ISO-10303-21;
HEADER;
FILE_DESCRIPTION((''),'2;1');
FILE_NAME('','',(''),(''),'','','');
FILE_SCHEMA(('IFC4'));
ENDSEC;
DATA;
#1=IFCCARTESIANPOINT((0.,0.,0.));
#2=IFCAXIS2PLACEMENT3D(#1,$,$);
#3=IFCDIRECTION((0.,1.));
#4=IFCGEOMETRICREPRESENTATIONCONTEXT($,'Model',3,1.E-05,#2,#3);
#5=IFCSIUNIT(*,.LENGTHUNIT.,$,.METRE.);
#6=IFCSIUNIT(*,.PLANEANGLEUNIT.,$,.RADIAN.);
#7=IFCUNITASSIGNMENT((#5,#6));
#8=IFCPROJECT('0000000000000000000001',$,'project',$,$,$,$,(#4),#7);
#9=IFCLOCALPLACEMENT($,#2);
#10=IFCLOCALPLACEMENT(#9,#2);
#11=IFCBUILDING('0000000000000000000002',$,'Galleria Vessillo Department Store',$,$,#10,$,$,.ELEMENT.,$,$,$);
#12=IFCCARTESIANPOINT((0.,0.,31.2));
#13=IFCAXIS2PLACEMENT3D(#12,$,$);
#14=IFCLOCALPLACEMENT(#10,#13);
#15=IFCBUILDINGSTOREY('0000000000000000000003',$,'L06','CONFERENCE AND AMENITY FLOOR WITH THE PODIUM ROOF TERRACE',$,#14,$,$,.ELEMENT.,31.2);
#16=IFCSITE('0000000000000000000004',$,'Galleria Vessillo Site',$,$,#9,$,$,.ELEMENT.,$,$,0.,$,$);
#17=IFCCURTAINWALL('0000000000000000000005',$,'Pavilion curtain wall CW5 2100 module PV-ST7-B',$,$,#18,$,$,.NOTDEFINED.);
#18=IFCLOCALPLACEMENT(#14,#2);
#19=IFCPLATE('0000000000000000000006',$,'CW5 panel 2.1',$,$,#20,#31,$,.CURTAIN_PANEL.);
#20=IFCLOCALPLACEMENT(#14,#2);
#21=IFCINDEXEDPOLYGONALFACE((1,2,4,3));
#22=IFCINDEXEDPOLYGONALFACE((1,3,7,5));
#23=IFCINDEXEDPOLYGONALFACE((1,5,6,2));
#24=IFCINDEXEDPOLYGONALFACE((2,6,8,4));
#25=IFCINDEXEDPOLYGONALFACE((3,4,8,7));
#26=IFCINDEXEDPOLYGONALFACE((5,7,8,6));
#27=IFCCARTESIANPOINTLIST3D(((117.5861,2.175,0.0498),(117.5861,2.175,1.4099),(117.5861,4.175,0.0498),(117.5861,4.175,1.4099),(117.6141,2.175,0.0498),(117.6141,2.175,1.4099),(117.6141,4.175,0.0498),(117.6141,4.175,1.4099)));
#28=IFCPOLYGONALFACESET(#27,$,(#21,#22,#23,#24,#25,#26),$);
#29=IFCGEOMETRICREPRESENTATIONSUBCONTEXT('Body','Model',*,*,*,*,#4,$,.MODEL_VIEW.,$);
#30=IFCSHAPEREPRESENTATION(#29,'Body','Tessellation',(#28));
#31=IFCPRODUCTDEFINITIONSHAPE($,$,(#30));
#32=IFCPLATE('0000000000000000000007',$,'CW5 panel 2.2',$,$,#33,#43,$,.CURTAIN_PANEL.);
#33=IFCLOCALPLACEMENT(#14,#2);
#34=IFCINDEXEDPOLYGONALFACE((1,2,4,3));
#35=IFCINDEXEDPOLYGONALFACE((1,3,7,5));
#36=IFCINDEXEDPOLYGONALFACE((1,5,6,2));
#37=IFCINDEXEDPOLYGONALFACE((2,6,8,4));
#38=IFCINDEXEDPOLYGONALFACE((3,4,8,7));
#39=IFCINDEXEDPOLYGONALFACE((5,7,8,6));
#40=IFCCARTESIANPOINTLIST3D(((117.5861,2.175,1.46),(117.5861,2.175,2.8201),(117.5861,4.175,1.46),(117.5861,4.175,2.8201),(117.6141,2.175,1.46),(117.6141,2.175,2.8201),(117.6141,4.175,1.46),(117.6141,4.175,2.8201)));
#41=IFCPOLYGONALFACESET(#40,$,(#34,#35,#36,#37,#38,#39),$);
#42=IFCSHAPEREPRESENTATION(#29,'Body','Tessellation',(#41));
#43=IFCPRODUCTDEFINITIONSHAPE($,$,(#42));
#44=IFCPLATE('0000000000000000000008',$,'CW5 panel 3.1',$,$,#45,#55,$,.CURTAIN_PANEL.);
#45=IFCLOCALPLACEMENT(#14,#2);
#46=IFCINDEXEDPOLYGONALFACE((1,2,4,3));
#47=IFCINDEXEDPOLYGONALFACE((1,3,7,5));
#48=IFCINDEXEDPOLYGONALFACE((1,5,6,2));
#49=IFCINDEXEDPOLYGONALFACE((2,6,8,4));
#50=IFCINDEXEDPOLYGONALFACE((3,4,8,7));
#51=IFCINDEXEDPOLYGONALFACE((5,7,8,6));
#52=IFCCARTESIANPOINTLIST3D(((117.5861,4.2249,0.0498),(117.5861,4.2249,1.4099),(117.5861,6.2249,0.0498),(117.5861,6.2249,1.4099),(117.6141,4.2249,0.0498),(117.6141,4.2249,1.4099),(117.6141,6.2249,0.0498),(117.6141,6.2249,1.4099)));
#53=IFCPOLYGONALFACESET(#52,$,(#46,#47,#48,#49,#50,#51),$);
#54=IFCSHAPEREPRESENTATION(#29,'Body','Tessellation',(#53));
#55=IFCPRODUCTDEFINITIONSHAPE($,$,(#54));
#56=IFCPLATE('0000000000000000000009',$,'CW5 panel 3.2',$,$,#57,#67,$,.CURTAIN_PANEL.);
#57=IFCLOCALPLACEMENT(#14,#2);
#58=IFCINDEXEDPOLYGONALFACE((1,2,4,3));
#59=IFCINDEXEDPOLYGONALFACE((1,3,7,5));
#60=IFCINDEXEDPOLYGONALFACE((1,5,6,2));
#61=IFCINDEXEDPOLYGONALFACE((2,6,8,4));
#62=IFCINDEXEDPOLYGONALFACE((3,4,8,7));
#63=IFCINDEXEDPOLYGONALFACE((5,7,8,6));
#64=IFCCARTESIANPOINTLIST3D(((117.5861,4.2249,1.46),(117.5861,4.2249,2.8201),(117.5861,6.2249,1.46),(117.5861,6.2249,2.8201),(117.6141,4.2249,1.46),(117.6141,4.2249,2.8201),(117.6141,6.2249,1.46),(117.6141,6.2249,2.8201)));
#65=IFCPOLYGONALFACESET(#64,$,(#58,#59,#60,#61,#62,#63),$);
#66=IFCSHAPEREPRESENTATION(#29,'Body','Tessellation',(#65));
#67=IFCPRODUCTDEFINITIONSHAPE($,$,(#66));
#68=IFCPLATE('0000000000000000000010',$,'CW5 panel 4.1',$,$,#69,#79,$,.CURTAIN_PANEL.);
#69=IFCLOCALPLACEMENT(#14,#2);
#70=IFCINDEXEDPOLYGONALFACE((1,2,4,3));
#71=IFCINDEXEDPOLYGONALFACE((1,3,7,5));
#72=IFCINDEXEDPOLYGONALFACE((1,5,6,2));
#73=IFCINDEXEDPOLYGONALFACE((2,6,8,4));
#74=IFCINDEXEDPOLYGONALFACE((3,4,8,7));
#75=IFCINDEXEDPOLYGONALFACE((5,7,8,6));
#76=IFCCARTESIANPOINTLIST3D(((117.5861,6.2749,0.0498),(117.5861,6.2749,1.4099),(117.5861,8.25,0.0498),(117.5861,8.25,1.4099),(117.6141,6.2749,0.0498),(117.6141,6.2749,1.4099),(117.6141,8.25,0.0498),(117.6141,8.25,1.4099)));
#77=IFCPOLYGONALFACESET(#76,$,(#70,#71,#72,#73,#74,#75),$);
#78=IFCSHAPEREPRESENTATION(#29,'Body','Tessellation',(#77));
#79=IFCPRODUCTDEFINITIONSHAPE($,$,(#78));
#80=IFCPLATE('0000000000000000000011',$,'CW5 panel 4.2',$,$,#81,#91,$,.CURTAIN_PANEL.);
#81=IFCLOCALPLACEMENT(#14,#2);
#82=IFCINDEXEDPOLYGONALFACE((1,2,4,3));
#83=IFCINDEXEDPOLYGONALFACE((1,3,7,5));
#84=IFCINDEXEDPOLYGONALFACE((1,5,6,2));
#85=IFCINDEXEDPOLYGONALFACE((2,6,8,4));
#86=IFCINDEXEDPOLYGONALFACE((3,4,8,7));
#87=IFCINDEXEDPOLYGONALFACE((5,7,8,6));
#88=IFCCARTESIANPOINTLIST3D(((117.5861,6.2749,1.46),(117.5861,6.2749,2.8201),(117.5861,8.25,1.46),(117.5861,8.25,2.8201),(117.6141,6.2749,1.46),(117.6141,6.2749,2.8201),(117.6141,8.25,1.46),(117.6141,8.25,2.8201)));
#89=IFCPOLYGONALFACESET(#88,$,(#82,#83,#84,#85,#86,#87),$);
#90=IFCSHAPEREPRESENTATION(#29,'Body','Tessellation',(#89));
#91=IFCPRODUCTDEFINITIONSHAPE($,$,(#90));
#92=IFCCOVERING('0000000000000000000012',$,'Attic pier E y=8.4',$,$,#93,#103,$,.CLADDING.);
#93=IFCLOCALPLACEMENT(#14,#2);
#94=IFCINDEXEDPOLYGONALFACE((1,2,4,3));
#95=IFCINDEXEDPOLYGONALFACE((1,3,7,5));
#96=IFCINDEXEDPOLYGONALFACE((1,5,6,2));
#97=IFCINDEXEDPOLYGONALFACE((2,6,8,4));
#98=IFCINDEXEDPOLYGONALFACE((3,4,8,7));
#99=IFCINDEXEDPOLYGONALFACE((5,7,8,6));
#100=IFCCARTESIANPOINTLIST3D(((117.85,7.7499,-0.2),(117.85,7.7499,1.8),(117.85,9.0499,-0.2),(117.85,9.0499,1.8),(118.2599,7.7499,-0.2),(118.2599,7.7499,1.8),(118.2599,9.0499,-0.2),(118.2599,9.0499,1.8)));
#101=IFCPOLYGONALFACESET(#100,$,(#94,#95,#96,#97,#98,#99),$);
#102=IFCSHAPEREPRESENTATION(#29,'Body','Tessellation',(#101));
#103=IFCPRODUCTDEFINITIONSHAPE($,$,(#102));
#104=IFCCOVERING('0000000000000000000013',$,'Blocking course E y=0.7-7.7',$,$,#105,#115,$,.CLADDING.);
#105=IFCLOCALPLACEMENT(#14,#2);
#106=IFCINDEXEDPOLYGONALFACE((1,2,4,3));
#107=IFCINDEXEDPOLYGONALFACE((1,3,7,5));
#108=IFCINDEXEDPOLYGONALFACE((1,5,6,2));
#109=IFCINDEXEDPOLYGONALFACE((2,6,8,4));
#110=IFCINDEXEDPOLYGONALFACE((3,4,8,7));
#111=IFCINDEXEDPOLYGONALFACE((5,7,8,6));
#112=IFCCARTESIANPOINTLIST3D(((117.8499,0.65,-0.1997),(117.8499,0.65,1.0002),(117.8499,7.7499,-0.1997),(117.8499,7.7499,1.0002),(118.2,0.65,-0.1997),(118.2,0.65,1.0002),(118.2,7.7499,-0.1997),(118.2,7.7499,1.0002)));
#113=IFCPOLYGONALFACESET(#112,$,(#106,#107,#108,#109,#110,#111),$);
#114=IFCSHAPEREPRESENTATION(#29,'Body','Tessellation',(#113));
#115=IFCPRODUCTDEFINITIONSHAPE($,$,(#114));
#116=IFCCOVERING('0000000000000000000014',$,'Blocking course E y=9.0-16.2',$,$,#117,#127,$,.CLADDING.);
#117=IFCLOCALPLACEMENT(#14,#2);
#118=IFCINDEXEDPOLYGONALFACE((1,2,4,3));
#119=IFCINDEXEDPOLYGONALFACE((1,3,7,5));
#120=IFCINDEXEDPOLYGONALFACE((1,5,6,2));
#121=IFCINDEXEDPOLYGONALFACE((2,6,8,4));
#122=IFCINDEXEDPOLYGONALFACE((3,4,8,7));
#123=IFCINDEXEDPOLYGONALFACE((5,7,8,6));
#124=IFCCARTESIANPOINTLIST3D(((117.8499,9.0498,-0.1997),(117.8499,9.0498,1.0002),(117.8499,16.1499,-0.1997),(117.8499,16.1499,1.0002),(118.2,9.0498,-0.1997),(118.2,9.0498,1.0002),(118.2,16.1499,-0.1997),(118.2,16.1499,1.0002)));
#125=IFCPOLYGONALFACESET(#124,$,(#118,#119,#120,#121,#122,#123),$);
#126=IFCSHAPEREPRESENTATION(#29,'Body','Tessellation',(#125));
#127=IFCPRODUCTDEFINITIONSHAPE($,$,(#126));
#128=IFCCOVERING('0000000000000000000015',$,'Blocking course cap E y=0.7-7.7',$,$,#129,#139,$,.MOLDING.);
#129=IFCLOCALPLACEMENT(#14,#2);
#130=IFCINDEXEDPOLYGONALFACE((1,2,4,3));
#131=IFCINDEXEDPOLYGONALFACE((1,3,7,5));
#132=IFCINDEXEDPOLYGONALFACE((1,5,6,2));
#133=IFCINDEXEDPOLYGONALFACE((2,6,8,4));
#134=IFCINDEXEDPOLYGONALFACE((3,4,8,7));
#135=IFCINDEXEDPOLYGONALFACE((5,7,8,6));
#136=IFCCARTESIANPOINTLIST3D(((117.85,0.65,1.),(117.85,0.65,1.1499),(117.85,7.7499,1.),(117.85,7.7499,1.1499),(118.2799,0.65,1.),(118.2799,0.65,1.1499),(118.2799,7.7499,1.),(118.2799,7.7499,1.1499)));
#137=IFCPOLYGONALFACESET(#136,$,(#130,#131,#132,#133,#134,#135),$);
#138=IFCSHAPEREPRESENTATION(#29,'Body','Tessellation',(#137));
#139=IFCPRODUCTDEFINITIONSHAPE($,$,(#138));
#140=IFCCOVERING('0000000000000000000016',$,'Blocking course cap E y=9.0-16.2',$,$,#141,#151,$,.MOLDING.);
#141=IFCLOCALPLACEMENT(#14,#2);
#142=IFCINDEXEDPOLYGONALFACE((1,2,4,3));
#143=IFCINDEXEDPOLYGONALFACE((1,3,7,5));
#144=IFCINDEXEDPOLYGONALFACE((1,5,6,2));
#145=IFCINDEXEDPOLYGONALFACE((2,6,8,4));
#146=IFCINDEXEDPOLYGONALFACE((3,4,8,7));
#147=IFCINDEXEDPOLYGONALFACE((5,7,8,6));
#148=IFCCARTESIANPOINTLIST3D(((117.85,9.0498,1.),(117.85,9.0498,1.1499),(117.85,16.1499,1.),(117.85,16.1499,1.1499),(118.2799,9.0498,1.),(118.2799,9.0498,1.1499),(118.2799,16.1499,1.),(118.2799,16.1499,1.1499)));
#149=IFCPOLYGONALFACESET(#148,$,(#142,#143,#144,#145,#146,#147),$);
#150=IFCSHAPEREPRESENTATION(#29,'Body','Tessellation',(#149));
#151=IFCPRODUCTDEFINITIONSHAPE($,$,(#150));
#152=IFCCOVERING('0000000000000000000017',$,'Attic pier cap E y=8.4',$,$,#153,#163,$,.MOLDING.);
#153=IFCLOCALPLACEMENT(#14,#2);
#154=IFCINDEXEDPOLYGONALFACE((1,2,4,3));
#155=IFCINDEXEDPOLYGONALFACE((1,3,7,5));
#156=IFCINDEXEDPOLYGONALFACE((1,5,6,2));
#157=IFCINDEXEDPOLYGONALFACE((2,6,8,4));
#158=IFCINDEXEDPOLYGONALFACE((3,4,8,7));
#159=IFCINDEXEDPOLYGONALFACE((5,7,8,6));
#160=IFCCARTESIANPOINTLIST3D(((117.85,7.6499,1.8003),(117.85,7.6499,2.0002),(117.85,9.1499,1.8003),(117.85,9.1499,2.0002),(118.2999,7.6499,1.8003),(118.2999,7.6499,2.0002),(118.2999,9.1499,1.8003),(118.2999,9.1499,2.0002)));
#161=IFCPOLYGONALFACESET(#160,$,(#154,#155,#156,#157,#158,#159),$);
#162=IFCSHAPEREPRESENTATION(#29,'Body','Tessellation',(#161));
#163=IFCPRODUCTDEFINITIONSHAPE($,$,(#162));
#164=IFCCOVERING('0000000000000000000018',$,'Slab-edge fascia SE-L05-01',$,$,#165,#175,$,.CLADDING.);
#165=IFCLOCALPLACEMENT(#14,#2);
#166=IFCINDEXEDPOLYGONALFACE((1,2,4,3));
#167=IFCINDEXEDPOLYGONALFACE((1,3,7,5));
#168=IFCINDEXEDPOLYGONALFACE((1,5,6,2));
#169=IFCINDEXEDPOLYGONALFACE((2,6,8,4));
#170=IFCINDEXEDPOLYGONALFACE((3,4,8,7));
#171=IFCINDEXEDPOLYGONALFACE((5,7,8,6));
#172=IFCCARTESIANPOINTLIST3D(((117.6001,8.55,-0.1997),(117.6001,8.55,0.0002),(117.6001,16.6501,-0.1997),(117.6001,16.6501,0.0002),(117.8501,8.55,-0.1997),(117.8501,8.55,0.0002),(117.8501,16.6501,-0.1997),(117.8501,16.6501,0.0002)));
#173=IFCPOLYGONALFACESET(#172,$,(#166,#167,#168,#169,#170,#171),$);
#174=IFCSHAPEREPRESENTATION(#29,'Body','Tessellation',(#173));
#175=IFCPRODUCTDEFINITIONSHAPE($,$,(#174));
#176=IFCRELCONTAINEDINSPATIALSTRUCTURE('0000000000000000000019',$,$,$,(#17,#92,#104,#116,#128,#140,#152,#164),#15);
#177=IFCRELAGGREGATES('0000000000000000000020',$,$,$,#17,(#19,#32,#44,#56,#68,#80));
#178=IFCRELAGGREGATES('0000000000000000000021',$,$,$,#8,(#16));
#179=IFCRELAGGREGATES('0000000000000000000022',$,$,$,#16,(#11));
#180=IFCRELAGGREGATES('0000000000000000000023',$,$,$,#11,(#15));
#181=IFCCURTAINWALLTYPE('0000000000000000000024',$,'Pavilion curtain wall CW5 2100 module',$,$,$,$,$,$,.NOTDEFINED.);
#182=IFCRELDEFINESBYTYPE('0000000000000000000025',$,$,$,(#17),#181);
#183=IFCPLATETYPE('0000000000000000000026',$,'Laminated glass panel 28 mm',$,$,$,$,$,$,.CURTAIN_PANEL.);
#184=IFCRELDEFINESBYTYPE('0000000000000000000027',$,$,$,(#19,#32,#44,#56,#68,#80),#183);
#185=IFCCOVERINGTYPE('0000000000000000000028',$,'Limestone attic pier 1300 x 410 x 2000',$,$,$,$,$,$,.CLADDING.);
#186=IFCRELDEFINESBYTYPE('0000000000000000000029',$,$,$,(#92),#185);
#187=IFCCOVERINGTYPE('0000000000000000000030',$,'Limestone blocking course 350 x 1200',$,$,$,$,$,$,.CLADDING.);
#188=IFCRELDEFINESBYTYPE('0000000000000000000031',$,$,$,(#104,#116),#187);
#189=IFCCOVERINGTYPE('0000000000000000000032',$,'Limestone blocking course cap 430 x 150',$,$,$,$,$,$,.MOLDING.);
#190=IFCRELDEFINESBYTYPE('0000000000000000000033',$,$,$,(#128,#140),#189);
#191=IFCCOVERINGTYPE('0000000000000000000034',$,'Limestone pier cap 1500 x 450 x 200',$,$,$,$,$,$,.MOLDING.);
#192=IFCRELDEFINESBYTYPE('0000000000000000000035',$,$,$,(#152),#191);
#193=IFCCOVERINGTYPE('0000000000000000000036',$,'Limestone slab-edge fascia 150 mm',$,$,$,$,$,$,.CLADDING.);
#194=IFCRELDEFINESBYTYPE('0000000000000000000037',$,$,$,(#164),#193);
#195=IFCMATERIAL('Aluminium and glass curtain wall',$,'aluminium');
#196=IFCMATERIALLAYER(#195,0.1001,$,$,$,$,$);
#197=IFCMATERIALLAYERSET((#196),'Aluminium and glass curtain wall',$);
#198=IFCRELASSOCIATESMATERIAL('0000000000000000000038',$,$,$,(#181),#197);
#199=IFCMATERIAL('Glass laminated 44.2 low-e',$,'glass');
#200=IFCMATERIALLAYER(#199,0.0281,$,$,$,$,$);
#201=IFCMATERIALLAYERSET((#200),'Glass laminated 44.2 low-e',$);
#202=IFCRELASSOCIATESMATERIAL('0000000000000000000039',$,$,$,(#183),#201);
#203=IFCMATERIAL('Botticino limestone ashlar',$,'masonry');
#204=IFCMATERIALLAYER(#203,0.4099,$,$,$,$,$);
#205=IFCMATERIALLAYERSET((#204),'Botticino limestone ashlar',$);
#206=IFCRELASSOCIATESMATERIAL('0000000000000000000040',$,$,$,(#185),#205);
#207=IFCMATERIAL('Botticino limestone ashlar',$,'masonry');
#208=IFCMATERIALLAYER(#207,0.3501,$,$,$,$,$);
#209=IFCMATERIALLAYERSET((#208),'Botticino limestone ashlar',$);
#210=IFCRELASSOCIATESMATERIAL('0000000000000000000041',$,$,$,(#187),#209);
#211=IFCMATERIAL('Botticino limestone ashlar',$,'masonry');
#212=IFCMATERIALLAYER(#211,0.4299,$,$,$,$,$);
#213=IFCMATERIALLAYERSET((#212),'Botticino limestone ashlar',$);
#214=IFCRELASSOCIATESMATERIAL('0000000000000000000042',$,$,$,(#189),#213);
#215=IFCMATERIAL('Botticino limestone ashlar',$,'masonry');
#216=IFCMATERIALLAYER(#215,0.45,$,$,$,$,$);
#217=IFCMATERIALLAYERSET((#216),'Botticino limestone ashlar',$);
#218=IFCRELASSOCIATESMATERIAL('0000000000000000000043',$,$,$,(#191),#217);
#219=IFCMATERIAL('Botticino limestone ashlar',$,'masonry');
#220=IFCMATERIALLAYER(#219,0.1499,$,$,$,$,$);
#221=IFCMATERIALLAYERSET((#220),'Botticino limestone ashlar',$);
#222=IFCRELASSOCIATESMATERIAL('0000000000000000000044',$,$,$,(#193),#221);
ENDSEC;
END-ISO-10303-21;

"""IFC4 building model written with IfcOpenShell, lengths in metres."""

from ifc_helpers import new_model, si_unit, direction, frame, origin, origin_2d, place, context, subcontext, project, spatial, rectangle, extrude, material, layer, layer_set, type_object, element, aggregate, save


model = new_model("IFC4")

# Units and contexts
model_context = context("Model", 3, precision=1e-05, world=origin(), true_north=direction((0.0, 1.0)))
body_context = subcontext(model_context, "Body", "Model", "MODEL_VIEW")
ifc_project = project(units=[si_unit("LENGTHUNIT", "METRE"), si_unit("PLANEANGLEUNIT", "RADIAN")], contexts=[model_context])

# Site, building, storey
site_placement = place(None, origin())
site = spatial("IfcSite", under=ifc_project, at=site_placement, Name="Galleria Vessillo Site", CompositionType="ELEMENT", RefElevation=0.0)
building_placement = place(site_placement, origin())
building = spatial("IfcBuilding", under=site, at=building_placement, Name="Galleria Vessillo Department Store", CompositionType="ELEMENT")
storey_placement = place(building_placement, frame((0.0, 0.0, 31.2)))
storey = spatial("IfcBuildingStorey", under=building, at=storey_placement, Name="L06", Description="CONFERENCE AND AMENITY FLOOR WITH THE PODIUM ROOF TERRACE", CompositionType="ELEMENT", Elevation=31.2)

# Curtain wall
ifc_material_1 = material(Name="Aluminium and glass curtain wall", Category="aluminium")
ifc_layer_1 = layer(ifc_material_1, 0.1001)
ifc_layer_set_1 = layer_set([ifc_layer_1], Name="Aluminium and glass curtain wall")
curtain_wall_type = type_object("IfcCurtainWallType", Name="Pavilion curtain wall CW5 2100 module", PredefinedType="NOTDEFINED", material=ifc_layer_set_1)
curtain_wall_placement = place(storey_placement, origin())
curtain_wall = element("IfcCurtainWall", 1, at=curtain_wall_placement, inside=storey, type_object=curtain_wall_type, Name="Pavilion curtain wall CW5 2100 module PV-ST7-B", PredefinedType="NOTDEFINED")

# Plates
ifc_material_2 = material(Name="Glass laminated 44.2 low-e", Category="glass")
ifc_layer_2 = layer(ifc_material_2, 0.0281)
ifc_layer_set_2 = layer_set([ifc_layer_2], Name="Glass laminated 44.2 low-e")
plate_type = type_object("IfcPlateType", Name="Laminated glass panel 28 mm", PredefinedType="CURTAIN_PANEL", material=ifc_layer_set_2)
plate_1_placement = place(storey_placement, frame((117.6001, 3.175, 0.0498), z_axis=(0.0, 0.0, 1.0), x_axis=(0.0, 1.0, 0.0)))
plate_1 = element("IfcPlate", 2, at=plate_1_placement, type_object=plate_type, Name="CW5 panel 2.1", PredefinedType="CURTAIN_PANEL", context=body_context, shape_type="SweptSolid", body=[
    extrude(rectangle(XDim=2.0, YDim=0.0281, at=origin_2d()), origin(), (0.0, 0.0, 1.0), 1.3601),
])
plate_2_placement = place(storey_placement, frame((117.6001, 3.175, 1.46), z_axis=(0.0, 0.0, 1.0), x_axis=(0.0, 1.0, 0.0)))
plate_2 = element("IfcPlate", 3, at=plate_2_placement, type_object=plate_type, Name="CW5 panel 2.2", PredefinedType="CURTAIN_PANEL", context=body_context, shape_type="SweptSolid", body=[
    extrude(rectangle(XDim=2.0, YDim=0.0281, at=origin_2d()), origin(), (0.0, 0.0, 1.0), 1.3601),
])
plate_3_placement = place(storey_placement, frame((117.6001, 5.2249, 0.0498), z_axis=(0.0, 0.0, 1.0), x_axis=(0.0, 1.0, 0.0)))
plate_3 = element("IfcPlate", 4, at=plate_3_placement, type_object=plate_type, Name="CW5 panel 3.1", PredefinedType="CURTAIN_PANEL", context=body_context, shape_type="SweptSolid", body=[
    extrude(rectangle(XDim=2.0, YDim=0.0281, at=origin_2d()), origin(), (0.0, 0.0, 1.0), 1.3601),
])
plate_4_placement = place(storey_placement, frame((117.6001, 5.2249, 1.46), z_axis=(0.0, 0.0, 1.0), x_axis=(0.0, 1.0, 0.0)))
plate_4 = element("IfcPlate", 5, at=plate_4_placement, type_object=plate_type, Name="CW5 panel 3.2", PredefinedType="CURTAIN_PANEL", context=body_context, shape_type="SweptSolid", body=[
    extrude(rectangle(XDim=2.0, YDim=0.0281, at=origin_2d()), origin(), (0.0, 0.0, 1.0), 1.3601),
])
plate_5_placement = place(storey_placement, frame((117.6001, 7.2625, 0.0498), z_axis=(0.0, 0.0, 1.0), x_axis=(0.0, 1.0, 0.0)))
plate_5 = element("IfcPlate", 6, at=plate_5_placement, type_object=plate_type, Name="CW5 panel 4.1", PredefinedType="CURTAIN_PANEL", context=body_context, shape_type="SweptSolid", body=[
    extrude(rectangle(XDim=1.9751, YDim=0.0281, at=origin_2d()), origin(), (0.0, 0.0, 1.0), 1.3601),
])
plate_6_placement = place(storey_placement, frame((117.6001, 7.2625, 1.46), z_axis=(0.0, 0.0, 1.0), x_axis=(0.0, 1.0, 0.0)))
plate_6 = element("IfcPlate", 7, at=plate_6_placement, type_object=plate_type, Name="CW5 panel 4.2", PredefinedType="CURTAIN_PANEL", context=body_context, shape_type="SweptSolid", body=[
    extrude(rectangle(XDim=1.9751, YDim=0.0281, at=origin_2d()), origin(), (0.0, 0.0, 1.0), 1.3601),
])
aggregate(curtain_wall, [plate_1, plate_2, plate_3, plate_4, plate_5, plate_6])

# Coverings
ifc_material_3 = material(Name="Botticino limestone ashlar", Category="masonry")
ifc_layer_3 = layer(ifc_material_3, 0.4099)
ifc_layer_set_3 = layer_set([ifc_layer_3], Name="Botticino limestone ashlar")
covering_type_1 = type_object("IfcCoveringType", Name="Limestone attic pier 1300 x 410 x 2000", PredefinedType="CLADDING", material=ifc_layer_set_3)
covering_1_placement = place(storey_placement, frame((118.0549, 8.3999, -0.2), z_axis=(0.0, 0.0, 1.0), x_axis=(1.0, 0.0, 0.0)))
element("IfcCovering", 8, at=covering_1_placement, inside=storey, type_object=covering_type_1, Name="Attic pier E y=8.4", PredefinedType="CLADDING", context=body_context, shape_type="SweptSolid", body=[
    extrude(rectangle(XDim=0.4099, YDim=1.3, at=origin_2d()), origin(), (0.0, 0.0, 1.0), 2.0),
])
ifc_material_4 = material(Name="Botticino limestone ashlar", Category="masonry")
ifc_layer_4 = layer(ifc_material_4, 0.3501)
ifc_layer_set_4 = layer_set([ifc_layer_4], Name="Botticino limestone ashlar")
covering_type_2 = type_object("IfcCoveringType", Name="Limestone blocking course 350 x 1200", PredefinedType="CLADDING", material=ifc_layer_set_4)
covering_2_placement = place(storey_placement, frame((118.0249, 4.2, -0.1997), z_axis=(0.0, 0.0, 1.0), x_axis=(1.0, 0.0, 0.0)))
element("IfcCovering", 9, at=covering_2_placement, inside=storey, type_object=covering_type_2, Name="Blocking course E y=0.7-7.7", PredefinedType="CLADDING", context=body_context, shape_type="SweptSolid", body=[
    extrude(rectangle(XDim=0.3501, YDim=7.0999, at=origin_2d()), origin(), (0.0, 0.0, 1.0), 1.2),
])
covering_3_placement = place(storey_placement, frame((118.0249, 12.5999, -0.1997), z_axis=(0.0, 0.0, 1.0), x_axis=(1.0, 0.0, 0.0)))
element("IfcCovering", 10, at=covering_3_placement, inside=storey, type_object=covering_type_2, Name="Blocking course E y=9.0-16.2", PredefinedType="CLADDING", context=body_context, shape_type="SweptSolid", body=[
    extrude(rectangle(XDim=0.3501, YDim=7.1001, at=origin_2d()), origin(), (0.0, 0.0, 1.0), 1.2),
])
ifc_material_5 = material(Name="Botticino limestone ashlar", Category="masonry")
ifc_layer_5 = layer(ifc_material_5, 0.4299)
ifc_layer_set_5 = layer_set([ifc_layer_5], Name="Botticino limestone ashlar")
covering_type_3 = type_object("IfcCoveringType", Name="Limestone blocking course cap 430 x 150", PredefinedType="MOLDING", material=ifc_layer_set_5)
covering_4_placement = place(storey_placement, frame((118.0649, 4.2, 1.0), z_axis=(0.0, 0.0, 1.0), x_axis=(1.0, 0.0, 0.0)))
element("IfcCovering", 11, at=covering_4_placement, inside=storey, type_object=covering_type_3, Name="Blocking course cap E y=0.7-7.7", PredefinedType="MOLDING", context=body_context, shape_type="SweptSolid", body=[
    extrude(rectangle(XDim=0.4299, YDim=7.0999, at=origin_2d()), origin(), (0.0, 0.0, 1.0), 0.1499),
])
covering_5_placement = place(storey_placement, frame((118.0649, 12.5999, 1.0), z_axis=(0.0, 0.0, 1.0), x_axis=(1.0, 0.0, 0.0)))
element("IfcCovering", 12, at=covering_5_placement, inside=storey, type_object=covering_type_3, Name="Blocking course cap E y=9.0-16.2", PredefinedType="MOLDING", context=body_context, shape_type="SweptSolid", body=[
    extrude(rectangle(XDim=0.4299, YDim=7.1001, at=origin_2d()), origin(), (0.0, 0.0, 1.0), 0.1499),
])
ifc_material_6 = material(Name="Botticino limestone ashlar", Category="masonry")
ifc_layer_6 = layer(ifc_material_6, 0.45)
ifc_layer_set_6 = layer_set([ifc_layer_6], Name="Botticino limestone ashlar")
covering_type_4 = type_object("IfcCoveringType", Name="Limestone pier cap 1500 x 450 x 200", PredefinedType="MOLDING", material=ifc_layer_set_6)
covering_6_placement = place(storey_placement, frame((118.075, 8.3999, 1.8003), z_axis=(0.0, 0.0, 1.0), x_axis=(1.0, 0.0, 0.0)))
element("IfcCovering", 13, at=covering_6_placement, inside=storey, type_object=covering_type_4, Name="Attic pier cap E y=8.4", PredefinedType="MOLDING", context=body_context, shape_type="SweptSolid", body=[
    extrude(rectangle(XDim=0.45, YDim=1.5, at=origin_2d()), origin(), (0.0, 0.0, 1.0), 0.2),
])
ifc_material_7 = material(Name="Botticino limestone ashlar", Category="masonry")
ifc_layer_7 = layer(ifc_material_7, 0.1499)
ifc_layer_set_7 = layer_set([ifc_layer_7], Name="Botticino limestone ashlar")
covering_type_5 = type_object("IfcCoveringType", Name="Limestone slab-edge fascia 150 mm", PredefinedType="CLADDING", material=ifc_layer_set_7)
covering_7_placement = place(storey_placement, frame((117.7251, 12.6001, -0.1997), z_axis=(0.0, 0.0, 1.0), x_axis=(1.0, 0.0, 0.0)))
element("IfcCovering", 14, at=covering_7_placement, inside=storey, type_object=covering_type_5, Name="Slab-edge fascia SE-L05-01", PredefinedType="CLADDING", context=body_context, shape_type="SweptSolid", body=[
    extrude(rectangle(XDim=0.25, YDim=8.1001, at=origin_2d()), origin(), (0.0, 0.0, 1.0), 0.2),
])

save(model, "model.ifc")
